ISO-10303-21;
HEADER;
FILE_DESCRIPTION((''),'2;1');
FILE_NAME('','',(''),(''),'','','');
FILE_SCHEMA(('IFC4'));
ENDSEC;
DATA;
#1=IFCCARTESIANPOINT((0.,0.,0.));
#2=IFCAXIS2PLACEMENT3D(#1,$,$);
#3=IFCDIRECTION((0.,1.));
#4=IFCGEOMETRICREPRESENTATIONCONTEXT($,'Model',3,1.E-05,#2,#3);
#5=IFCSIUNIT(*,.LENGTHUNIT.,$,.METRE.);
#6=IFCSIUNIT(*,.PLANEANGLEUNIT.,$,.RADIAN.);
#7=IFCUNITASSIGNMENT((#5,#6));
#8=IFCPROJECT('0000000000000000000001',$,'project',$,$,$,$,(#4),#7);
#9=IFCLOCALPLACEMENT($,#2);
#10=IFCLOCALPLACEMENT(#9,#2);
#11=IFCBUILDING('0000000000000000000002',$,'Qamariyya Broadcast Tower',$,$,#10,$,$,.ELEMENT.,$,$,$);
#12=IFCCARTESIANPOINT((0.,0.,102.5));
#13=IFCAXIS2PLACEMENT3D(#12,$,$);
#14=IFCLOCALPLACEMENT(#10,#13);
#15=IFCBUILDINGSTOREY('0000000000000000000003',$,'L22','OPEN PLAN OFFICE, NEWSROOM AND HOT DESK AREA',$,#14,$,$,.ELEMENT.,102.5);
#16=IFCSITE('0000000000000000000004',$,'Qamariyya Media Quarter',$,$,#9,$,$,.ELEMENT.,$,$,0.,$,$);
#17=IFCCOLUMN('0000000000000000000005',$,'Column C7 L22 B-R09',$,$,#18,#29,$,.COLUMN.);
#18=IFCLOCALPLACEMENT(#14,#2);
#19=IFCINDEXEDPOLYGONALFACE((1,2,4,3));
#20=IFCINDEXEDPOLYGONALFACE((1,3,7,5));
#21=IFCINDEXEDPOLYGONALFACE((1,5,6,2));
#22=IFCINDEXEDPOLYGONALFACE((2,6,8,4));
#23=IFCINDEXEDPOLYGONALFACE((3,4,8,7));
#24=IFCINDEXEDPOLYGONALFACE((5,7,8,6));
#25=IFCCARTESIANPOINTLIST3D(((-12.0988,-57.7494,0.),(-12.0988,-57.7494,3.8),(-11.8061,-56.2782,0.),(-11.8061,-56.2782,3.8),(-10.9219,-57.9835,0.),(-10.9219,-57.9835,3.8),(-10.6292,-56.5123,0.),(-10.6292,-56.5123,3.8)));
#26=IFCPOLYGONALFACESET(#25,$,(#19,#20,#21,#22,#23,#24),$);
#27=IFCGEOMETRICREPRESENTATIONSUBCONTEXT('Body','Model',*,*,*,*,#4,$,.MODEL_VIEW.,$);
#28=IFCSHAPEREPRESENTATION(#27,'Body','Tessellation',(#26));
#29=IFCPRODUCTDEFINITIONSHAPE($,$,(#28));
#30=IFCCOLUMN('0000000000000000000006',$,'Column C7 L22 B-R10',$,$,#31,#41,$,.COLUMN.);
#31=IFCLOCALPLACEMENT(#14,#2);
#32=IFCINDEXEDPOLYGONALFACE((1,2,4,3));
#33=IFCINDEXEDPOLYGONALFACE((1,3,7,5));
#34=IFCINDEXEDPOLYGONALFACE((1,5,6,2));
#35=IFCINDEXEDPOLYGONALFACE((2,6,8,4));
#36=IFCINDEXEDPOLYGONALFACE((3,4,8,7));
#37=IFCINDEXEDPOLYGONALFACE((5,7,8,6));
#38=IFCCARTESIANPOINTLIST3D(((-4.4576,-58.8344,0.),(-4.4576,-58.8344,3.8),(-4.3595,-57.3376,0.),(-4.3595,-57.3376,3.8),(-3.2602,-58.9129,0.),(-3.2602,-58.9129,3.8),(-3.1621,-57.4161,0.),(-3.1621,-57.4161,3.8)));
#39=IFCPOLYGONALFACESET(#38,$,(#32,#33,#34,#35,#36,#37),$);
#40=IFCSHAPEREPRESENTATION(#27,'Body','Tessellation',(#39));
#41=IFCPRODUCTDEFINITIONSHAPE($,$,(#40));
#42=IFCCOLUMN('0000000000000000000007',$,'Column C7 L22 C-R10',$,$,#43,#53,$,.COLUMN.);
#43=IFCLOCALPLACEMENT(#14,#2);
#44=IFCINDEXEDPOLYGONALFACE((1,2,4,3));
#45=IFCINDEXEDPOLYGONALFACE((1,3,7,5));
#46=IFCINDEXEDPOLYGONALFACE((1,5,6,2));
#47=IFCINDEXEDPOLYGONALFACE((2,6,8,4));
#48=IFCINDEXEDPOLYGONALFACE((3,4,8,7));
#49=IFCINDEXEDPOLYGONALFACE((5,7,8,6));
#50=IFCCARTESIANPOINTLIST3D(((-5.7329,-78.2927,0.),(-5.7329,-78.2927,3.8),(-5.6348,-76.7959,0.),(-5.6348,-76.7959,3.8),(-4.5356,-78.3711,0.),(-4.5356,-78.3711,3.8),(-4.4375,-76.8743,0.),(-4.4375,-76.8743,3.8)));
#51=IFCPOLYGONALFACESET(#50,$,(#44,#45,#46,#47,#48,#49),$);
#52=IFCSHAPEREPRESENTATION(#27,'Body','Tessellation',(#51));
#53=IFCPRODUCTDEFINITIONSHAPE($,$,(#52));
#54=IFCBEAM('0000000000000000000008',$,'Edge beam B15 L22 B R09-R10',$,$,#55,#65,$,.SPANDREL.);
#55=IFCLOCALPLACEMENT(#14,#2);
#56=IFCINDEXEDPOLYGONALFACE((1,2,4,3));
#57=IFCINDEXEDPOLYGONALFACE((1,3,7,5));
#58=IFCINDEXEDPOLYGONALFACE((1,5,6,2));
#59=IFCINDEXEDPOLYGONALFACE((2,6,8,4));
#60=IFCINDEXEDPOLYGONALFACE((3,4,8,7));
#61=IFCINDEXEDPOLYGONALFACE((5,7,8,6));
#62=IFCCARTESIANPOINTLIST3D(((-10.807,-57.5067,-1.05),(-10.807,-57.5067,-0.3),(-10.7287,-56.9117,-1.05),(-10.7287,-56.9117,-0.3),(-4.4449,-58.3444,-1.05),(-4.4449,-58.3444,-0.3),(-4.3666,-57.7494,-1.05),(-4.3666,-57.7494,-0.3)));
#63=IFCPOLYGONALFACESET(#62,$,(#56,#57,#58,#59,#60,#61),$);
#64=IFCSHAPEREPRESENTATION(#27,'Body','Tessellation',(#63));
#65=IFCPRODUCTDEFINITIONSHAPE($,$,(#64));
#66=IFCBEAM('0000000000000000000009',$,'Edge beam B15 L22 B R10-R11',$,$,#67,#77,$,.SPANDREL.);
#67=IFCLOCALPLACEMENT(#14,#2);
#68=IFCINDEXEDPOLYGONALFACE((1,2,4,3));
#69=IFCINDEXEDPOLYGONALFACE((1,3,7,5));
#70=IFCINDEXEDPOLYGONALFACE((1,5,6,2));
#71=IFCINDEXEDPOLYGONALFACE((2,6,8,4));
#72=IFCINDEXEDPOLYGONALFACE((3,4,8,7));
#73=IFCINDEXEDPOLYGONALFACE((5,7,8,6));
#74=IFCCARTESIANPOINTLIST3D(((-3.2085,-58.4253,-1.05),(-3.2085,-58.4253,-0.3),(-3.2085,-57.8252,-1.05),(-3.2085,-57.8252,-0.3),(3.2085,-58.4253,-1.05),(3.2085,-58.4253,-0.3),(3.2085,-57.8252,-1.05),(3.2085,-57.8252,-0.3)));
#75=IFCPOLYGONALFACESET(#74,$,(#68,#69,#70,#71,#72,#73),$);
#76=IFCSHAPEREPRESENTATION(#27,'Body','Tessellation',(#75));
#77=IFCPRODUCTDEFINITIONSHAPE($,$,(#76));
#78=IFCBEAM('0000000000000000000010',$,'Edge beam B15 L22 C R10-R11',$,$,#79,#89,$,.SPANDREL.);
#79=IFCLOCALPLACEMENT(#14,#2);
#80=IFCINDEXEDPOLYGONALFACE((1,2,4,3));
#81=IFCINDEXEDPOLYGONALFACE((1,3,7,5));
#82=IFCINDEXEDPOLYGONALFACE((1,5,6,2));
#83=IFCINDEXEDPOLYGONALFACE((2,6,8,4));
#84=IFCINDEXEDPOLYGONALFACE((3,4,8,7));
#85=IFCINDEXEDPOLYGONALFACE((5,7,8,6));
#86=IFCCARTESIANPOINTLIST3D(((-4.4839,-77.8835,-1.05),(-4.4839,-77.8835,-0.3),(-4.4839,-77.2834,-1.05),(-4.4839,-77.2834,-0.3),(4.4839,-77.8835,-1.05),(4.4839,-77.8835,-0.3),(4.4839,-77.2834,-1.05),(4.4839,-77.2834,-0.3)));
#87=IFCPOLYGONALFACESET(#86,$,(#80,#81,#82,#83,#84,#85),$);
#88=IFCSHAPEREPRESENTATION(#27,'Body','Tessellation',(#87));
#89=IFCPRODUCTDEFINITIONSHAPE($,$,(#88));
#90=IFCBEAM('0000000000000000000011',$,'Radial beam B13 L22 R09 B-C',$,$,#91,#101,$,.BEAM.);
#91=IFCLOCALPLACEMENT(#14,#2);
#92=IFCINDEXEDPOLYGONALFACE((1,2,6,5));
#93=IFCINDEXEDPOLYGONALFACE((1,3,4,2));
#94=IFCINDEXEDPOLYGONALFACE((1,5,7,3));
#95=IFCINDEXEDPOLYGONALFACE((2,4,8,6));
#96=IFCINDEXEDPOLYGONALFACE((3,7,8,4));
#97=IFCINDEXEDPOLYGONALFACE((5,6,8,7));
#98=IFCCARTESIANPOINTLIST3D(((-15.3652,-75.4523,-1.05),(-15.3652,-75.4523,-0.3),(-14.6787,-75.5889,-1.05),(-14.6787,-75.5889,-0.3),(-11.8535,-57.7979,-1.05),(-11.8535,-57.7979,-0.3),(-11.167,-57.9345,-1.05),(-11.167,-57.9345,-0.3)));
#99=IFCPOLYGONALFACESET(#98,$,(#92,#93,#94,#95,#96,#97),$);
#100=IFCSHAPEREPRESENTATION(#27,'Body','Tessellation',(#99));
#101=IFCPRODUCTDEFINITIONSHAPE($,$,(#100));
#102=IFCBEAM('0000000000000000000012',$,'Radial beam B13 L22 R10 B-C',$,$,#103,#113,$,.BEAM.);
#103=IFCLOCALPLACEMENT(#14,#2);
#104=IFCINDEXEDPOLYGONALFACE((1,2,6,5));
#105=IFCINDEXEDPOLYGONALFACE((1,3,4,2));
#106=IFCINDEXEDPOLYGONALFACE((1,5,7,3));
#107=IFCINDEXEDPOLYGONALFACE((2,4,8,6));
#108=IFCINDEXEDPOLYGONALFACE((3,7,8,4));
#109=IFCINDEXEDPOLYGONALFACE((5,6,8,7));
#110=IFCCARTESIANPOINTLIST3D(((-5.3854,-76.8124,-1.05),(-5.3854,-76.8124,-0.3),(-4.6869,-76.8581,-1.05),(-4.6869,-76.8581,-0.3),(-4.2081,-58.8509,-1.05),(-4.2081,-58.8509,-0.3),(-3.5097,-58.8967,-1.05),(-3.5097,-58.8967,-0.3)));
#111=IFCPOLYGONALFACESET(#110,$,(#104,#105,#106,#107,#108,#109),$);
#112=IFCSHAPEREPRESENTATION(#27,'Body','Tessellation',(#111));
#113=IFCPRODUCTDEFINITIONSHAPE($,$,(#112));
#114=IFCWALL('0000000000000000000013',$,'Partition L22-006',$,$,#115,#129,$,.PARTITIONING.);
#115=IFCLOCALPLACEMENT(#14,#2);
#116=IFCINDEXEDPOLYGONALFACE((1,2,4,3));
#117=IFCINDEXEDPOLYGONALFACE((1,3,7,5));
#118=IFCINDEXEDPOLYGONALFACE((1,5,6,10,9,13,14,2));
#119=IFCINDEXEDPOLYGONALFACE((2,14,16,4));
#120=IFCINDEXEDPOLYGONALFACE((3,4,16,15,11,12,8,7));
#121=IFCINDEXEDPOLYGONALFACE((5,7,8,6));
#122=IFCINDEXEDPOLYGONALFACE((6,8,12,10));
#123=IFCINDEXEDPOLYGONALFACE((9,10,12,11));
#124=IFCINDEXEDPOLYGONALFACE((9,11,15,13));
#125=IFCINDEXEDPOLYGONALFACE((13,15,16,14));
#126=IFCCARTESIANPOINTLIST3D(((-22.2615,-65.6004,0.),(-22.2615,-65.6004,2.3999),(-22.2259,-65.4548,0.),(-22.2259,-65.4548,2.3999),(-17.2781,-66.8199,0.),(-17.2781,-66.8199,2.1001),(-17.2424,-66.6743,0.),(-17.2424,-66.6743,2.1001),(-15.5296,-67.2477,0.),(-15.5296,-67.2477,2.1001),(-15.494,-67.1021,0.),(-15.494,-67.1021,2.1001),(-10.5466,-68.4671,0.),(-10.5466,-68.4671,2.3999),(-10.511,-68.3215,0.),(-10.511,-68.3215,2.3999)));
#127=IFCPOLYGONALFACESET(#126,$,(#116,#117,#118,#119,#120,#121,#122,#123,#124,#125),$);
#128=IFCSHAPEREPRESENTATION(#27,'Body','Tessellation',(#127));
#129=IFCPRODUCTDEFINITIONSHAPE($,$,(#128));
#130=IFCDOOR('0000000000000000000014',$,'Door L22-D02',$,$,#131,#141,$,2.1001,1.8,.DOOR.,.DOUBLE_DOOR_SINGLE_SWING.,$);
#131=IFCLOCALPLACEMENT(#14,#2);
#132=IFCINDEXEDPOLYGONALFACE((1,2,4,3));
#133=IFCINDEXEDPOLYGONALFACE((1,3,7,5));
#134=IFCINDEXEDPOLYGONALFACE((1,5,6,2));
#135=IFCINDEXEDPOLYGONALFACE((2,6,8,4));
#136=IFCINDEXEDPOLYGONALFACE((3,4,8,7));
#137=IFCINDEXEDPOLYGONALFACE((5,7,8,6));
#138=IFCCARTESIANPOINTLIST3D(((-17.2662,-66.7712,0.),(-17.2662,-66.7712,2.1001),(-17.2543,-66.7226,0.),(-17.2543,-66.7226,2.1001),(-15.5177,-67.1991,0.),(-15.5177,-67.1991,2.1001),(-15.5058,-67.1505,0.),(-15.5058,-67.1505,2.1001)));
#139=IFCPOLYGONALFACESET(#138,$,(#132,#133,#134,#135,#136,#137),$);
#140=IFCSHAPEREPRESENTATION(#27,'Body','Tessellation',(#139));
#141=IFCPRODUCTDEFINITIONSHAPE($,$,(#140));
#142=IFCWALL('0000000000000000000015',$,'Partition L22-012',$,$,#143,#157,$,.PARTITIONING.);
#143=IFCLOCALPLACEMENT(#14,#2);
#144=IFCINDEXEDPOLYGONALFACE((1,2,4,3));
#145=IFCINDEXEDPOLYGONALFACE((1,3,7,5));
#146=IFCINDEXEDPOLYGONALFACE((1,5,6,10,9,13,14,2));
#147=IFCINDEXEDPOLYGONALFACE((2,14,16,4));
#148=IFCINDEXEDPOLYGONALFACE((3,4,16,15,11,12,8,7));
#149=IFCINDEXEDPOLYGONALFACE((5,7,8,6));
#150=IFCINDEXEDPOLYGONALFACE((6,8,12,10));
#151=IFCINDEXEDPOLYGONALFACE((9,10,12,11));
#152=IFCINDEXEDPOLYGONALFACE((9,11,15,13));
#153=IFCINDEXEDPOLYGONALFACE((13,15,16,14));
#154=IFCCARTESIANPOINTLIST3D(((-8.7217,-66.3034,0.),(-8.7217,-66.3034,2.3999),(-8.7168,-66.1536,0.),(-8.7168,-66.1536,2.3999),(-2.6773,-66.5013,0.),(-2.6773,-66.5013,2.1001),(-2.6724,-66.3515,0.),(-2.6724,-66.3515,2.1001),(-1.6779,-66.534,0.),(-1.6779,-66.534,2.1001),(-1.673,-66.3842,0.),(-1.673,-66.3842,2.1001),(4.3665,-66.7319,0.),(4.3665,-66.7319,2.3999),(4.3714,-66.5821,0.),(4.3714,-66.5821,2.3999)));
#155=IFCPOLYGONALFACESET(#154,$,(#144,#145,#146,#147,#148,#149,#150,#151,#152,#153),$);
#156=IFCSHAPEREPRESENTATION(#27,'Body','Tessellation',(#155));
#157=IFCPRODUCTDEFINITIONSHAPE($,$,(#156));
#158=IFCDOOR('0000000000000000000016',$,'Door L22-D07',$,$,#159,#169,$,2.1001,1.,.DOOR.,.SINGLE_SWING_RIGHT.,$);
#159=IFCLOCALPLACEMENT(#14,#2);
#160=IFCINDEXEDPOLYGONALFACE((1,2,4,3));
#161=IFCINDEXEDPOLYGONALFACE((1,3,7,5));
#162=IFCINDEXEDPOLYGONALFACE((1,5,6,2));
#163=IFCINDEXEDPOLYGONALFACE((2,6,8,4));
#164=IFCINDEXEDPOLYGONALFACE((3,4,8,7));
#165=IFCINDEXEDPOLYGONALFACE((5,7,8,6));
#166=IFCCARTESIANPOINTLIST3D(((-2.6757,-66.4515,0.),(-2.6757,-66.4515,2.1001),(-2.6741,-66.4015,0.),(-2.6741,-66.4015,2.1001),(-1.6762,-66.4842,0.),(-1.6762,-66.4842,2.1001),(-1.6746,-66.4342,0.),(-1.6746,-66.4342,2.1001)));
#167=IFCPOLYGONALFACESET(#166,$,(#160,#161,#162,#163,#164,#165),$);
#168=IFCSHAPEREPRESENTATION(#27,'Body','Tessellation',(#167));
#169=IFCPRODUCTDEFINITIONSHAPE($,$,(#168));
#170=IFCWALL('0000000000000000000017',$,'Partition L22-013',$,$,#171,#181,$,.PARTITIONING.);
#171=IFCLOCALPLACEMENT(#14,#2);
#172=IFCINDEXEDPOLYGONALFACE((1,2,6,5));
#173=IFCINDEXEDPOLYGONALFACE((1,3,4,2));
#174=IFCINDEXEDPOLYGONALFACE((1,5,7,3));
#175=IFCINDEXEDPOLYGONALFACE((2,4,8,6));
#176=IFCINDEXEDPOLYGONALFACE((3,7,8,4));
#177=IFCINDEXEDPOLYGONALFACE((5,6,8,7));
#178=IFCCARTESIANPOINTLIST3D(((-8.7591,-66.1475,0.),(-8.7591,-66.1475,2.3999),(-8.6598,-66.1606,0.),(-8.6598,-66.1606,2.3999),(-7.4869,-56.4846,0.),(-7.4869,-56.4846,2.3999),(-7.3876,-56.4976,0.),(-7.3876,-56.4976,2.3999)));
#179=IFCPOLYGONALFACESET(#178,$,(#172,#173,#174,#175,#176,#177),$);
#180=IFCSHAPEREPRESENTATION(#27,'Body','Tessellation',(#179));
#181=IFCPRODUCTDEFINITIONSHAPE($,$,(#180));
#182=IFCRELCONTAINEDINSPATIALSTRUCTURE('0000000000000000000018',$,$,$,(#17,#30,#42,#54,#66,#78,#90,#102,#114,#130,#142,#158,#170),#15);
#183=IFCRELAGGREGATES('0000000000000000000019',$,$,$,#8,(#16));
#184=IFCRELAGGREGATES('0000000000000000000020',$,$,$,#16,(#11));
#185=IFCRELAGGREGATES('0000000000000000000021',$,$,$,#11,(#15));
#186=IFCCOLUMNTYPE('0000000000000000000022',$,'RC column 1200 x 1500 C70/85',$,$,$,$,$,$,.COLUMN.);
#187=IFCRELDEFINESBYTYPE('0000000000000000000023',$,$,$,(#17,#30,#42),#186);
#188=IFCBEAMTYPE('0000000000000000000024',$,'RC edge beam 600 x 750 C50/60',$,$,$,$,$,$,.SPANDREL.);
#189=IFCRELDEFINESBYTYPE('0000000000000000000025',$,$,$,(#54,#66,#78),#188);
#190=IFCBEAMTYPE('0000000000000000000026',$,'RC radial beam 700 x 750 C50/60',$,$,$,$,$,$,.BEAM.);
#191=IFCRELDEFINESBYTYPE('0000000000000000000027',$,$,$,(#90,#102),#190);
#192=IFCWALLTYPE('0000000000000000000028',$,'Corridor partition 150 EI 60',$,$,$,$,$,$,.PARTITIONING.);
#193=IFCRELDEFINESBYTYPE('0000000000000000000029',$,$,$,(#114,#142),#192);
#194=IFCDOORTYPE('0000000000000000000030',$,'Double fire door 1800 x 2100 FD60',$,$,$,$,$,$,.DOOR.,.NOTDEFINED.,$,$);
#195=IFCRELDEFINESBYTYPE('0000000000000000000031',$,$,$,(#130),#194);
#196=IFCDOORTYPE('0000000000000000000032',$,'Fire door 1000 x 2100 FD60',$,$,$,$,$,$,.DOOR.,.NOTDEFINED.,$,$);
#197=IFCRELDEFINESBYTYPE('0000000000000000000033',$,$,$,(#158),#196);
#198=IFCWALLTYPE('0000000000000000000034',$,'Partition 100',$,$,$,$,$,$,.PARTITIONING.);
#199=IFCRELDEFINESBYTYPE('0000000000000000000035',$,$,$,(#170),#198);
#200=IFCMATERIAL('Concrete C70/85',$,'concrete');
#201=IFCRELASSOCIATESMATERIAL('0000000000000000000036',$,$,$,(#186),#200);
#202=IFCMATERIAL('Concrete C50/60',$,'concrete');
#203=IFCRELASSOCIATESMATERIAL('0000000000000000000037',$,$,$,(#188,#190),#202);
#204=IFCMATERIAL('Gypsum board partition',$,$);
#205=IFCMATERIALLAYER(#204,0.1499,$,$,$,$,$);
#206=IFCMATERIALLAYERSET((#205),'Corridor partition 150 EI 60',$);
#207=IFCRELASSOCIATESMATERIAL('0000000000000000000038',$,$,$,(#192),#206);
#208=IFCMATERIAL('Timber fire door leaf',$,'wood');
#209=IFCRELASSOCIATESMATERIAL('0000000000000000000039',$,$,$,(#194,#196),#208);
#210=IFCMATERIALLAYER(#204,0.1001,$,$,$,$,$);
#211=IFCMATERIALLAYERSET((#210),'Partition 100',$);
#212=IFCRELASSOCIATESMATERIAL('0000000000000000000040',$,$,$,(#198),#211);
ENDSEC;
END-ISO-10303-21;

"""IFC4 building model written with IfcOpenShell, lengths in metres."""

from ifc_helpers import new_model, si_unit, direction, frame, frame_2d, origin, origin_2d, place, context, subcontext, project, spatial, rectangle, extrude, material, layer, layer_set, material_profile, profile_set, type_object, element, fill, save


model = new_model("IFC4")

# Units and contexts
model_context = context("Model", 3, precision=1e-05, world=origin(), true_north=direction((0.0, 1.0)))
body_context = subcontext(model_context, "Body", "Model", "MODEL_VIEW")
ifc_project = project(units=[si_unit("LENGTHUNIT", "METRE"), si_unit("PLANEANGLEUNIT", "RADIAN")], contexts=[model_context])

# Site, building, storey
site_placement = place(None, origin())
site = spatial("IfcSite", under=ifc_project, at=site_placement, Name="Qamariyya Media Quarter", CompositionType="ELEMENT", RefElevation=0.0)
building_placement = place(site_placement, origin())
building = spatial("IfcBuilding", under=site, at=building_placement, Name="Qamariyya Broadcast Tower", CompositionType="ELEMENT")
storey_placement = place(building_placement, frame((0.0, 0.0, 102.5)))
storey = spatial("IfcBuildingStorey", under=building, at=storey_placement, Name="L22", Description="OPEN PLAN OFFICE, NEWSROOM AND HOT DESK AREA", CompositionType="ELEMENT", Elevation=102.5)

# Columns
ifc_material_1 = material(Name="Concrete C70/85", Category="concrete")
ifc_material_profile_1 = material_profile(ifc_material_1, rectangle(XDim=1.2, YDim=1.5, at=origin_2d()))
ifc_profile_set_1 = profile_set([ifc_material_profile_1], Name="Concrete C70/85")
column_type = type_object("IfcColumnType", Name="RC column 1200 x 1500 C70/85", PredefinedType="COLUMN", material=ifc_profile_set_1)
for number, where, z_axis, x_axis, name in (
    (1, (-11.364, -57.1309, 0.0), (0.0, 0.0, 1.0), (0.980785, -0.19509, 0.0), "Column C7 L22 B-R09"),
    (2, (-3.8098, -58.1252, 0.0), (0.0, 0.0, 1.0), (0.997859, -0.065403, 0.0), "Column C7 L22 B-R10"),
    (3, (-5.0852, -77.5835, 0.0), (0.0, 0.0, 1.0), (0.997859, -0.065403, 0.0), "Column C7 L22 C-R10"),
):
    element("IfcColumn", number, at=place(storey_placement, frame(where, z_axis=z_axis, x_axis=x_axis)), inside=storey, type_object=column_type, Name=name, PredefinedType="COLUMN", context=body_context, shape_type="SweptSolid", body=[
        extrude(rectangle(XDim=1.2, YDim=1.5, at=origin_2d()), origin(), (0.0, 0.0, 1.0), 3.8),
    ])

# Beams
ifc_material_2 = material(Name="Concrete C50/60", Category="concrete")
ifc_material_profile_2 = material_profile(ifc_material_2, rectangle(XDim=0.6001, YDim=0.75, at=origin_2d()))
ifc_profile_set_2 = profile_set([ifc_material_profile_2], Name="Concrete C50/60")
beam_type_1 = type_object("IfcBeamType", Name="RC edge beam 600 x 750 C50/60", PredefinedType="SPANDREL", material=ifc_profile_set_2)
for number, where, z_axis, x_axis, name in (
    (4, (-10.7678, -57.2092, -0.675), (0.991444, -0.130536, 0.0), (0.130536, 0.991444, 0.0), "Edge beam B15 L22 B R09-R10"),
    (5, (-3.2085, -58.1252, -0.675), (1.0, 0.0, 0.0), (0.0, 1.0, 0.0), "Edge beam B15 L22 B R10-R11"),
):
    element("IfcBeam", number, at=place(storey_placement, frame(where, z_axis=z_axis, x_axis=x_axis)), inside=storey, type_object=beam_type_1, Name=name, PredefinedType="SPANDREL", context=body_context, shape_type="SweptSolid", body=[
        extrude(rectangle(XDim=0.6001, YDim=0.75, at=origin_2d()), origin(), (0.0, 0.0, 1.0), 6.417),
    ])
beam_1_placement = place(storey_placement, frame((-4.4839, -77.5835, -0.675), z_axis=(1.0, 0.0, 0.0), x_axis=(0.0, 1.0, 0.0)))
element("IfcBeam", 6, at=beam_1_placement, inside=storey, type_object=beam_type_1, Name="Edge beam B15 L22 C R10-R11", PredefinedType="SPANDREL", context=body_context, shape_type="SweptSolid", body=[
    extrude(rectangle(XDim=0.6001, YDim=0.75, at=origin_2d()), origin(), (0.0, 0.0, 1.0), 8.9678),
])
ifc_material_profile_3 = material_profile(ifc_material_2, rectangle(XDim=0.7, YDim=0.75, at=origin_2d()))
ifc_profile_set_3 = profile_set([ifc_material_profile_3], Name="Concrete C50/60")
beam_type_2 = type_object("IfcBeamType", Name="RC radial beam 700 x 750 C50/60", PredefinedType="BEAM", material=ifc_profile_set_3)
beam_2_placement = place(storey_placement, frame((-11.5103, -57.8662, -0.675), z_axis=(-0.195094, -0.980785, 0.0), x_axis=(0.980785, -0.195094, 0.0)))
element("IfcBeam", 7, at=beam_2_placement, inside=storey, type_object=beam_type_2, Name="Radial beam B13 L22 R09 B-C", PredefinedType="BEAM", context=body_context, shape_type="SweptSolid", body=[
    extrude(rectangle(XDim=0.7, YDim=0.75, at=origin_2d()), origin(), (0.0, 0.0, 1.0), 18.0002),
])
beam_3_placement = place(storey_placement, frame((-3.8589, -58.8738, -0.675), z_axis=(-0.065403, -0.997859, 0.0), x_axis=(0.997859, -0.065403, 0.0)))
element("IfcBeam", 8, at=beam_3_placement, inside=storey, type_object=beam_type_2, Name="Radial beam B13 L22 R10 B-C", PredefinedType="BEAM", context=body_context, shape_type="SweptSolid", body=[
    extrude(rectangle(XDim=0.7, YDim=0.75, at=origin_2d()), origin(), (0.0, 0.0, 1.0), 18.0),
])

# Walls, openings, doors
ifc_material_3 = material(Name="Gypsum board partition")
ifc_layer_1 = layer(ifc_material_3, 0.1499)
ifc_layer_set_1 = layer_set([ifc_layer_1], Name="Corridor partition 150 EI 60")
wall_type_1 = type_object("IfcWallType", Name="Corridor partition 150 EI 60", PredefinedType="PARTITIONING", material=ifc_layer_set_1)
wall_1_placement = place(storey_placement, frame((-10.5288, -68.3943, 0.0), z_axis=(0.0, 0.0, 1.0), x_axis=(-0.97134, 0.237693, 0.0)))
wall_1 = element("IfcWall", 9, at=wall_1_placement, inside=storey, type_object=wall_type_1, Name="Partition L22-006", PredefinedType="PARTITIONING", context=body_context, shape_type="SweptSolid", body=[
    extrude(rectangle(XDim=12.0605, YDim=0.1499, at=frame_2d((6.0303, 0.0))), origin(), (0.0, 0.0, 1.0), 2.3999),
])
opening_1_placement = place(wall_1_placement, frame((5.1301, 0.0, 0.0)))
opening_1 = element("IfcOpeningElement", 10, at=opening_1_placement, cuts=wall_1, PredefinedType="OPENING", context=body_context, shape_type="SweptSolid", body=[
    extrude(rectangle(XDim=1.8, YDim=2.1001, at=frame_2d((0.8999, 1.05))), frame((0.0, 0.085, 0.0), z_axis=(0.0, -1.0, 0.0), x_axis=(1.0, 0.0, 0.0)), (0.0, 0.0, 1.0), 0.1699),
])
ifc_material_4 = material(Name="Timber fire door leaf", Category="wood")
door_type_1 = type_object("IfcDoorType", Name="Double fire door 1800 x 2100 FD60", OperationType="NOTDEFINED", PredefinedType="DOOR", material=ifc_material_4)
door_1_placement = place(opening_1_placement, origin())
door_1 = element("IfcDoor", 11, at=door_1_placement, inside=storey, type_object=door_type_1, Name="Door L22-D02", OperationType="DOUBLE_DOOR_SINGLE_SWING", OverallHeight=2.1001, OverallWidth=1.8, PredefinedType="DOOR", context=body_context, shape_type="SweptSolid", body=[
    extrude(rectangle(XDim=1.8, YDim=2.1001, at=frame_2d((0.8999, 1.05))), frame((0.0, 0.0249, 0.0), z_axis=(0.0, -1.0, 0.0), x_axis=(1.0, 0.0, 0.0)), (0.0, 0.0, 1.0), 0.05),
])
fill(opening_1, door_1)
wall_2_placement = place(storey_placement, frame((-8.7192, -66.2285, 0.0), z_axis=(0.0, 0.0, 1.0), x_axis=(0.999465, -0.03272, 0.0)))
wall_2 = element("IfcWall", 12, at=wall_2_placement, inside=storey, type_object=wall_type_1, Name="Partition L22-012", PredefinedType="PARTITIONING", context=body_context, shape_type="SweptSolid", body=[
    extrude(rectangle(XDim=13.0952, YDim=0.1499, at=frame_2d((6.5476, 0.0))), origin(), (0.0, 0.0, 1.0), 2.3999),
])
opening_2_placement = place(wall_2_placement, frame((6.0476, 0.0, 0.0)))
opening_2 = element("IfcOpeningElement", 13, at=opening_2_placement, cuts=wall_2, PredefinedType="OPENING", context=body_context, shape_type="SweptSolid", body=[
    extrude(rectangle(XDim=1.0, YDim=2.1001, at=frame_2d((0.5, 1.05))), frame((0.0, 0.085, 0.0), z_axis=(0.0, -1.0, 0.0), x_axis=(1.0, 0.0, 0.0)), (0.0, 0.0, 1.0), 0.1699),
])
door_type_2 = type_object("IfcDoorType", Name="Fire door 1000 x 2100 FD60", OperationType="NOTDEFINED", PredefinedType="DOOR", material=ifc_material_4)
door_2_placement = place(opening_2_placement, origin())
door_2 = element("IfcDoor", 14, at=door_2_placement, inside=storey, type_object=door_type_2, Name="Door L22-D07", OperationType="SINGLE_SWING_RIGHT", OverallHeight=2.1001, OverallWidth=1.0, PredefinedType="DOOR", context=body_context, shape_type="SweptSolid", body=[
    extrude(rectangle(XDim=1.0, YDim=2.1001, at=frame_2d((0.5, 1.05))), frame((0.0, 0.0249, 0.0), z_axis=(0.0, -1.0, 0.0), x_axis=(1.0, 0.0, 0.0)), (0.0, 0.0, 1.0), 0.05),
])
fill(opening_2, door_2)

# Wall
ifc_layer_2 = layer(ifc_material_3, 0.1001)
ifc_layer_set_2 = layer_set([ifc_layer_2], Name="Partition 100")
wall_type_2 = type_object("IfcWallType", Name="Partition 100", PredefinedType="PARTITIONING", material=ifc_layer_set_2)
wall_3_placement = place(storey_placement, frame((-7.4373, -56.4912, 0.0), z_axis=(0.0, 0.0, 1.0), x_axis=(-0.130534, -0.991444, 0.0)))
element("IfcWall", 15, at=wall_3_placement, inside=storey, type_object=wall_type_2, Name="Partition L22-013", PredefinedType="PARTITIONING", context=body_context, shape_type="SweptSolid", body=[
    extrude(rectangle(XDim=9.7463, YDim=0.1001, at=frame_2d((4.873, 0.0))), origin(), (0.0, 0.0, 1.0), 2.3999),
])

save(model, "model.ifc")
